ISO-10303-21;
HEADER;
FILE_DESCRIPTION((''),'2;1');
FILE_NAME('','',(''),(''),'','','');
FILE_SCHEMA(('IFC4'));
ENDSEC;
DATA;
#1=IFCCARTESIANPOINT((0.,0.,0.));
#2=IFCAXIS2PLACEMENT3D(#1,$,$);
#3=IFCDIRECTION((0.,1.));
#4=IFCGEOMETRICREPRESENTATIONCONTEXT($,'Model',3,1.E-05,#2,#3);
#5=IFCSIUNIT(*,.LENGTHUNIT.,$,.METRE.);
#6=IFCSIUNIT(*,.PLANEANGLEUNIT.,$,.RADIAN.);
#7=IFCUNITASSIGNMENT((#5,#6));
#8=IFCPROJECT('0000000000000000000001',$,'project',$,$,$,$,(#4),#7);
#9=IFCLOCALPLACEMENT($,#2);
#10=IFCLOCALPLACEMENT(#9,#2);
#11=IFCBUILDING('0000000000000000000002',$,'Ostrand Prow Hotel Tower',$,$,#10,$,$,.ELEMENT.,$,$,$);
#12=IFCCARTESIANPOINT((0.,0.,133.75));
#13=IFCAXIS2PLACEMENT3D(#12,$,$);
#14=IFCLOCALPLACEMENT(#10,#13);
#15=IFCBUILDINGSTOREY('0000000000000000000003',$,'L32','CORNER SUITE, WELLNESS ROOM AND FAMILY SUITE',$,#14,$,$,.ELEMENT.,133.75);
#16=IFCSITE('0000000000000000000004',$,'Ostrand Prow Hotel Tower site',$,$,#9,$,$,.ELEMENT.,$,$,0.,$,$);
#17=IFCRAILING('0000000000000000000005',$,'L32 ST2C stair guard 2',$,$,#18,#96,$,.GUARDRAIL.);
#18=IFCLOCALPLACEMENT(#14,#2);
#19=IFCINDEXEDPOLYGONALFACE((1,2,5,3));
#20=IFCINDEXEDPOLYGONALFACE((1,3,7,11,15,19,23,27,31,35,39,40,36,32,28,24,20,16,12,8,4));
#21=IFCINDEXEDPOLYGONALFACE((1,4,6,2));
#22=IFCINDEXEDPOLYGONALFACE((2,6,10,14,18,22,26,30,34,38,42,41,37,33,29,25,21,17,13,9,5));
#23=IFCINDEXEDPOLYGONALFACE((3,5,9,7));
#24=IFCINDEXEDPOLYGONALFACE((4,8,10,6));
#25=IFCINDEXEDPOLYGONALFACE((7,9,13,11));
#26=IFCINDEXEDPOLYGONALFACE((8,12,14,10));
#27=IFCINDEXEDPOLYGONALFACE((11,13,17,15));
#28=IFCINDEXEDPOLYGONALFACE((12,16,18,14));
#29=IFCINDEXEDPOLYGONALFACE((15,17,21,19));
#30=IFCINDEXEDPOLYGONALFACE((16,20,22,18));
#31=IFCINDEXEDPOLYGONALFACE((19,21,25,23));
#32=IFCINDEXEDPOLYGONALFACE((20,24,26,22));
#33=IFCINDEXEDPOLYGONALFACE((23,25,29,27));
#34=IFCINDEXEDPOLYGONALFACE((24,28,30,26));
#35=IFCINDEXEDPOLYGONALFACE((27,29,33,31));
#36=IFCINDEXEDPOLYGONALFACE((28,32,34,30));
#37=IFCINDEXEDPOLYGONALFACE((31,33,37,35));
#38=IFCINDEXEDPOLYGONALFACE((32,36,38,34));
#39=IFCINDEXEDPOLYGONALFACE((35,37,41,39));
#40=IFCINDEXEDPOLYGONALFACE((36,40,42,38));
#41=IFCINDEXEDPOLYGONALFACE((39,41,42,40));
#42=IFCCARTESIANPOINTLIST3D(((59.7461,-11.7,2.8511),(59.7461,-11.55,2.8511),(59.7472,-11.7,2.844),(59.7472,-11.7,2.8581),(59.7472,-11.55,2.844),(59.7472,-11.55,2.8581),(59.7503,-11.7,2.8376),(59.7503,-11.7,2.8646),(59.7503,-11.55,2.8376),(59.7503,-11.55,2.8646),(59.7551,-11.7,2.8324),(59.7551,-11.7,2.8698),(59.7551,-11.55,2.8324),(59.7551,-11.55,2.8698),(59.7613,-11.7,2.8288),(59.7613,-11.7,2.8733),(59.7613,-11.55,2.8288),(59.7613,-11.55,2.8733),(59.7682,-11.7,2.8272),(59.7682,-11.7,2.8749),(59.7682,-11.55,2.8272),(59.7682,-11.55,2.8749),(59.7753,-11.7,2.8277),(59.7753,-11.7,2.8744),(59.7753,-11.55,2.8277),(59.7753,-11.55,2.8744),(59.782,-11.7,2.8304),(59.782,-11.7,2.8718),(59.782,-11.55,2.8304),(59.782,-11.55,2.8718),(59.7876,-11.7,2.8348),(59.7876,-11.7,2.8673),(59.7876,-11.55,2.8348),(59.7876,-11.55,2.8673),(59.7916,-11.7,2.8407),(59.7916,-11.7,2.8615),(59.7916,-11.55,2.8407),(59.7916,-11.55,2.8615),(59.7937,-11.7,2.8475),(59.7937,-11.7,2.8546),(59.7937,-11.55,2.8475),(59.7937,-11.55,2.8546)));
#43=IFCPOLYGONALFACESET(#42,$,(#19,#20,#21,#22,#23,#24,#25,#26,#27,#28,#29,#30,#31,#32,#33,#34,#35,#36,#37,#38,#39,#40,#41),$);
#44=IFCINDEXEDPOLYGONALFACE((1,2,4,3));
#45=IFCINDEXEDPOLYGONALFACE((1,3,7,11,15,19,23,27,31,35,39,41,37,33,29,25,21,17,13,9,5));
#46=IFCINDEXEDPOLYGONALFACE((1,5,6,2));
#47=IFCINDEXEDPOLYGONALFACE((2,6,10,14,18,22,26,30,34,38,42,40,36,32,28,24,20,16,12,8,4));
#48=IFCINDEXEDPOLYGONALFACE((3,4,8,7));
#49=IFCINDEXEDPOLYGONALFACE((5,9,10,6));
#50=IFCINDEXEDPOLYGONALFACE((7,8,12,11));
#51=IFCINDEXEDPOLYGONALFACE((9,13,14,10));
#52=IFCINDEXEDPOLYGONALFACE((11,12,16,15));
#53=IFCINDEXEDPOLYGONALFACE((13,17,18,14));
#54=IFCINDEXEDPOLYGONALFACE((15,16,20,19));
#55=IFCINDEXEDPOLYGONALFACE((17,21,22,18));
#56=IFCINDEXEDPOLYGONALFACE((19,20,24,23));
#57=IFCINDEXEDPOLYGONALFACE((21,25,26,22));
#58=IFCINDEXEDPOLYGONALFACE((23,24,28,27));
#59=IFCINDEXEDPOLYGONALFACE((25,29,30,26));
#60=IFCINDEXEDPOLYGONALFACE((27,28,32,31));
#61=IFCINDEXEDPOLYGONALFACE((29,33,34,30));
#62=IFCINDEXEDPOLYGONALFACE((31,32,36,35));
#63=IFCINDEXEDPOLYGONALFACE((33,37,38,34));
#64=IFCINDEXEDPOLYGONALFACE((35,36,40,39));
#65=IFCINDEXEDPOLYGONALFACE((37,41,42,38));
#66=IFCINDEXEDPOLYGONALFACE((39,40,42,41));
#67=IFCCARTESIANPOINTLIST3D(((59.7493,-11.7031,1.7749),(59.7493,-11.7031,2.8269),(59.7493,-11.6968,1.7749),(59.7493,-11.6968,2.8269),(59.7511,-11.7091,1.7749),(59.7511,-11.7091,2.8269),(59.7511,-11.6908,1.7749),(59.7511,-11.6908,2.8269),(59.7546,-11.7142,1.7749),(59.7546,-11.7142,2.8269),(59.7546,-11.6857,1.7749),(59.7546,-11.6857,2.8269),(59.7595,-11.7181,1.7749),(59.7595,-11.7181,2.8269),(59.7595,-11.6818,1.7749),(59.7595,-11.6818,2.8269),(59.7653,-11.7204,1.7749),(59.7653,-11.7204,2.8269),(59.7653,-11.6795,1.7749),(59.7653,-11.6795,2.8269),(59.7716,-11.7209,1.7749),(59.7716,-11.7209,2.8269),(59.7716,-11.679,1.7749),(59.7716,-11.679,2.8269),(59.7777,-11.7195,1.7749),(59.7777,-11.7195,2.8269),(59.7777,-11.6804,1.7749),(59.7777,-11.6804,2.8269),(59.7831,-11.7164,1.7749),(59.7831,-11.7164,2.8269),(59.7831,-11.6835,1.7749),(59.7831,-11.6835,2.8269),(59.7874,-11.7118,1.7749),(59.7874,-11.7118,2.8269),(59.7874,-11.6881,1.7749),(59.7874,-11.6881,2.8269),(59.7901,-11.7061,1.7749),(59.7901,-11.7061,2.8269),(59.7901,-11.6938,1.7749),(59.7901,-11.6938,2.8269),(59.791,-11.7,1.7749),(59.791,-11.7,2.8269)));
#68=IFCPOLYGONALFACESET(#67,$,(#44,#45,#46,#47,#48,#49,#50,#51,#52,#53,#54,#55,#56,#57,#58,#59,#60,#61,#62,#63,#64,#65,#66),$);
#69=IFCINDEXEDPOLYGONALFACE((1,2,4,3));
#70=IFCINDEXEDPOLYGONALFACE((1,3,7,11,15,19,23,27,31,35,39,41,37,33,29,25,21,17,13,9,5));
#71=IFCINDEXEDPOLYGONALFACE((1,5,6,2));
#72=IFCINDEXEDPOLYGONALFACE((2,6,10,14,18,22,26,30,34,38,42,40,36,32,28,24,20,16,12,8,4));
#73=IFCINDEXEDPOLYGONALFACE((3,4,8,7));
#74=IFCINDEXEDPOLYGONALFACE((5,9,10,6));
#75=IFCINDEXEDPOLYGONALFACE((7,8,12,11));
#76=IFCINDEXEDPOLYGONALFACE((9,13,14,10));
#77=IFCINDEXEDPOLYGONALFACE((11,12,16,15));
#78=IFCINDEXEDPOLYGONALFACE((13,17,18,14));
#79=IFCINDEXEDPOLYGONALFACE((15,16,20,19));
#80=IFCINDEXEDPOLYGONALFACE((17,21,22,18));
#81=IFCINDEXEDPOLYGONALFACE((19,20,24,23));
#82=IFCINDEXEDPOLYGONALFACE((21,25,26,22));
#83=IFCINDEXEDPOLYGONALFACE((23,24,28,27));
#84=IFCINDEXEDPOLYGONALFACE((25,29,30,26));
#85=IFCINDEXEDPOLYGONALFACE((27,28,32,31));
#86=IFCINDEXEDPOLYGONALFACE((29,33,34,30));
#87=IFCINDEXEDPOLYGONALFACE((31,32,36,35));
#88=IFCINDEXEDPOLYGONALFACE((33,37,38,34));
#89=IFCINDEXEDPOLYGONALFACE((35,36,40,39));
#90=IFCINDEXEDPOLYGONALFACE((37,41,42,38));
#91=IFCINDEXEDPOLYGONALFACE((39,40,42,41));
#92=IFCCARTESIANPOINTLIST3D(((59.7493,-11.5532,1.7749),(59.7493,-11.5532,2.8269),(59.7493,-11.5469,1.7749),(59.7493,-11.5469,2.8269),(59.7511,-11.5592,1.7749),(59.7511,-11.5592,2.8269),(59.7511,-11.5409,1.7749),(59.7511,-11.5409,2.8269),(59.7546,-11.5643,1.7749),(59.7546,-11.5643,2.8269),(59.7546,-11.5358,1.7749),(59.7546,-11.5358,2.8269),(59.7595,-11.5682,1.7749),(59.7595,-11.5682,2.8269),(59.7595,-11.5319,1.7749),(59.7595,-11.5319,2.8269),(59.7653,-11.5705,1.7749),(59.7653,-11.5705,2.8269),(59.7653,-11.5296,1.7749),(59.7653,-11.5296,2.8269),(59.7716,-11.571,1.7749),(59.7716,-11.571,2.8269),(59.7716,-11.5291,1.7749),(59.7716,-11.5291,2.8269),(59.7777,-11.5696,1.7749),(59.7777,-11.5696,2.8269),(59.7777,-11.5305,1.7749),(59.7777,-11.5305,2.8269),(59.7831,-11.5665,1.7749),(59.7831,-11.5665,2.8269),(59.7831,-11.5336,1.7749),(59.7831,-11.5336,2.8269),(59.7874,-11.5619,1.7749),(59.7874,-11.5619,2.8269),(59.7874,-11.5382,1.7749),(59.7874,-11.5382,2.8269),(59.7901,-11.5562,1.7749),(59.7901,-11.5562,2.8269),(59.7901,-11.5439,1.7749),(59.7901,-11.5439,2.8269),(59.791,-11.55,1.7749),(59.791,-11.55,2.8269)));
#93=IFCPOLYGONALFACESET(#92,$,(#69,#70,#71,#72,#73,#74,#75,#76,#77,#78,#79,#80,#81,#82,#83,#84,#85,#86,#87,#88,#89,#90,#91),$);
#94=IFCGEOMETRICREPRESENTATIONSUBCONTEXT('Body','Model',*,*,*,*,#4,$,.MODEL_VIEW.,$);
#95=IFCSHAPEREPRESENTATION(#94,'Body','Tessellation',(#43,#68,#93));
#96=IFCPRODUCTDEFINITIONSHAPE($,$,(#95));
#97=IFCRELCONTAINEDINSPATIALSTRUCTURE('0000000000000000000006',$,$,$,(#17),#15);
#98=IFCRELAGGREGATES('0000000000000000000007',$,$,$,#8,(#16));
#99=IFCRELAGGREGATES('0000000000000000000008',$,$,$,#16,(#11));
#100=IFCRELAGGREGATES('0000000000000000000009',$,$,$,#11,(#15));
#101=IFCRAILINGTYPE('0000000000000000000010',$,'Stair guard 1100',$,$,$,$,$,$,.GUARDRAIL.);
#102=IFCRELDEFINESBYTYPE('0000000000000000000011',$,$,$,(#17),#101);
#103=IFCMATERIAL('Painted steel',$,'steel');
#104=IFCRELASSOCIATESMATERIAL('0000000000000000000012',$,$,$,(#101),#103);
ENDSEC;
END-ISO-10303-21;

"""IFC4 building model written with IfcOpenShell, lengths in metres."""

from ifc_helpers import new_model, si_unit, direction, frame, origin, origin_2d, place, context, subcontext, project, spatial, circle, extrude, material, type_object, element, save


model = new_model("IFC4")

# Units and contexts
model_context = context("Model", 3, precision=1e-05, world=origin(), true_north=direction((0.0, 1.0)))
body_context = subcontext(model_context, "Body", "Model", "MODEL_VIEW")
ifc_project = project(units=[si_unit("LENGTHUNIT", "METRE"), si_unit("PLANEANGLEUNIT", "RADIAN")], contexts=[model_context])

# Site, building, storey
site_placement = place(None, origin())
site = spatial("IfcSite", under=ifc_project, at=site_placement, Name="Ostrand Prow Hotel Tower site", CompositionType="ELEMENT", RefElevation=0.0)
building_placement = place(site_placement, origin())
building = spatial("IfcBuilding", under=site, at=building_placement, Name="Ostrand Prow Hotel Tower", CompositionType="ELEMENT")
storey_placement = place(building_placement, frame((0.0, 0.0, 133.75)))
storey = spatial("IfcBuildingStorey", under=building, at=storey_placement, Name="L32", Description="CORNER SUITE, WELLNESS ROOM AND FAMILY SUITE", CompositionType="ELEMENT", Elevation=133.75)

# Railing
ifc_material_1 = material(Name="Painted steel", Category="steel")
railing_type_1 = type_object("IfcRailingType", Name="Stair guard 1100", PredefinedType="GUARDRAIL", material=ifc_material_1)
railing_1_placement = place(storey_placement, frame((59.77, -11.7, 1.7749)))
element("IfcRailing", 1, at=railing_1_placement, inside=storey, type_object=railing_type_1, Name="L32 ST2C stair guard 2", PredefinedType="GUARDRAIL", context=body_context, shape_type="SweptSolid", body=[
    extrude(circle(Radius=0.0239, at=origin_2d()), frame((0.0, 0.0, 1.0762), z_axis=(0.0, 1.0, 0.0), x_axis=(-1.0, 0.0, 0.0)), (0.0, 0.0, 1.0), 0.1499),
    extrude(circle(Radius=0.021, at=origin_2d()), origin(), (0.0, 0.0, 1.0), 1.052),
    extrude(circle(Radius=0.021, at=origin_2d()), frame((0.0, 0.1499, 0.0)), (0.0, 0.0, 1.0), 1.052),
])

save(model, "model.ifc")
